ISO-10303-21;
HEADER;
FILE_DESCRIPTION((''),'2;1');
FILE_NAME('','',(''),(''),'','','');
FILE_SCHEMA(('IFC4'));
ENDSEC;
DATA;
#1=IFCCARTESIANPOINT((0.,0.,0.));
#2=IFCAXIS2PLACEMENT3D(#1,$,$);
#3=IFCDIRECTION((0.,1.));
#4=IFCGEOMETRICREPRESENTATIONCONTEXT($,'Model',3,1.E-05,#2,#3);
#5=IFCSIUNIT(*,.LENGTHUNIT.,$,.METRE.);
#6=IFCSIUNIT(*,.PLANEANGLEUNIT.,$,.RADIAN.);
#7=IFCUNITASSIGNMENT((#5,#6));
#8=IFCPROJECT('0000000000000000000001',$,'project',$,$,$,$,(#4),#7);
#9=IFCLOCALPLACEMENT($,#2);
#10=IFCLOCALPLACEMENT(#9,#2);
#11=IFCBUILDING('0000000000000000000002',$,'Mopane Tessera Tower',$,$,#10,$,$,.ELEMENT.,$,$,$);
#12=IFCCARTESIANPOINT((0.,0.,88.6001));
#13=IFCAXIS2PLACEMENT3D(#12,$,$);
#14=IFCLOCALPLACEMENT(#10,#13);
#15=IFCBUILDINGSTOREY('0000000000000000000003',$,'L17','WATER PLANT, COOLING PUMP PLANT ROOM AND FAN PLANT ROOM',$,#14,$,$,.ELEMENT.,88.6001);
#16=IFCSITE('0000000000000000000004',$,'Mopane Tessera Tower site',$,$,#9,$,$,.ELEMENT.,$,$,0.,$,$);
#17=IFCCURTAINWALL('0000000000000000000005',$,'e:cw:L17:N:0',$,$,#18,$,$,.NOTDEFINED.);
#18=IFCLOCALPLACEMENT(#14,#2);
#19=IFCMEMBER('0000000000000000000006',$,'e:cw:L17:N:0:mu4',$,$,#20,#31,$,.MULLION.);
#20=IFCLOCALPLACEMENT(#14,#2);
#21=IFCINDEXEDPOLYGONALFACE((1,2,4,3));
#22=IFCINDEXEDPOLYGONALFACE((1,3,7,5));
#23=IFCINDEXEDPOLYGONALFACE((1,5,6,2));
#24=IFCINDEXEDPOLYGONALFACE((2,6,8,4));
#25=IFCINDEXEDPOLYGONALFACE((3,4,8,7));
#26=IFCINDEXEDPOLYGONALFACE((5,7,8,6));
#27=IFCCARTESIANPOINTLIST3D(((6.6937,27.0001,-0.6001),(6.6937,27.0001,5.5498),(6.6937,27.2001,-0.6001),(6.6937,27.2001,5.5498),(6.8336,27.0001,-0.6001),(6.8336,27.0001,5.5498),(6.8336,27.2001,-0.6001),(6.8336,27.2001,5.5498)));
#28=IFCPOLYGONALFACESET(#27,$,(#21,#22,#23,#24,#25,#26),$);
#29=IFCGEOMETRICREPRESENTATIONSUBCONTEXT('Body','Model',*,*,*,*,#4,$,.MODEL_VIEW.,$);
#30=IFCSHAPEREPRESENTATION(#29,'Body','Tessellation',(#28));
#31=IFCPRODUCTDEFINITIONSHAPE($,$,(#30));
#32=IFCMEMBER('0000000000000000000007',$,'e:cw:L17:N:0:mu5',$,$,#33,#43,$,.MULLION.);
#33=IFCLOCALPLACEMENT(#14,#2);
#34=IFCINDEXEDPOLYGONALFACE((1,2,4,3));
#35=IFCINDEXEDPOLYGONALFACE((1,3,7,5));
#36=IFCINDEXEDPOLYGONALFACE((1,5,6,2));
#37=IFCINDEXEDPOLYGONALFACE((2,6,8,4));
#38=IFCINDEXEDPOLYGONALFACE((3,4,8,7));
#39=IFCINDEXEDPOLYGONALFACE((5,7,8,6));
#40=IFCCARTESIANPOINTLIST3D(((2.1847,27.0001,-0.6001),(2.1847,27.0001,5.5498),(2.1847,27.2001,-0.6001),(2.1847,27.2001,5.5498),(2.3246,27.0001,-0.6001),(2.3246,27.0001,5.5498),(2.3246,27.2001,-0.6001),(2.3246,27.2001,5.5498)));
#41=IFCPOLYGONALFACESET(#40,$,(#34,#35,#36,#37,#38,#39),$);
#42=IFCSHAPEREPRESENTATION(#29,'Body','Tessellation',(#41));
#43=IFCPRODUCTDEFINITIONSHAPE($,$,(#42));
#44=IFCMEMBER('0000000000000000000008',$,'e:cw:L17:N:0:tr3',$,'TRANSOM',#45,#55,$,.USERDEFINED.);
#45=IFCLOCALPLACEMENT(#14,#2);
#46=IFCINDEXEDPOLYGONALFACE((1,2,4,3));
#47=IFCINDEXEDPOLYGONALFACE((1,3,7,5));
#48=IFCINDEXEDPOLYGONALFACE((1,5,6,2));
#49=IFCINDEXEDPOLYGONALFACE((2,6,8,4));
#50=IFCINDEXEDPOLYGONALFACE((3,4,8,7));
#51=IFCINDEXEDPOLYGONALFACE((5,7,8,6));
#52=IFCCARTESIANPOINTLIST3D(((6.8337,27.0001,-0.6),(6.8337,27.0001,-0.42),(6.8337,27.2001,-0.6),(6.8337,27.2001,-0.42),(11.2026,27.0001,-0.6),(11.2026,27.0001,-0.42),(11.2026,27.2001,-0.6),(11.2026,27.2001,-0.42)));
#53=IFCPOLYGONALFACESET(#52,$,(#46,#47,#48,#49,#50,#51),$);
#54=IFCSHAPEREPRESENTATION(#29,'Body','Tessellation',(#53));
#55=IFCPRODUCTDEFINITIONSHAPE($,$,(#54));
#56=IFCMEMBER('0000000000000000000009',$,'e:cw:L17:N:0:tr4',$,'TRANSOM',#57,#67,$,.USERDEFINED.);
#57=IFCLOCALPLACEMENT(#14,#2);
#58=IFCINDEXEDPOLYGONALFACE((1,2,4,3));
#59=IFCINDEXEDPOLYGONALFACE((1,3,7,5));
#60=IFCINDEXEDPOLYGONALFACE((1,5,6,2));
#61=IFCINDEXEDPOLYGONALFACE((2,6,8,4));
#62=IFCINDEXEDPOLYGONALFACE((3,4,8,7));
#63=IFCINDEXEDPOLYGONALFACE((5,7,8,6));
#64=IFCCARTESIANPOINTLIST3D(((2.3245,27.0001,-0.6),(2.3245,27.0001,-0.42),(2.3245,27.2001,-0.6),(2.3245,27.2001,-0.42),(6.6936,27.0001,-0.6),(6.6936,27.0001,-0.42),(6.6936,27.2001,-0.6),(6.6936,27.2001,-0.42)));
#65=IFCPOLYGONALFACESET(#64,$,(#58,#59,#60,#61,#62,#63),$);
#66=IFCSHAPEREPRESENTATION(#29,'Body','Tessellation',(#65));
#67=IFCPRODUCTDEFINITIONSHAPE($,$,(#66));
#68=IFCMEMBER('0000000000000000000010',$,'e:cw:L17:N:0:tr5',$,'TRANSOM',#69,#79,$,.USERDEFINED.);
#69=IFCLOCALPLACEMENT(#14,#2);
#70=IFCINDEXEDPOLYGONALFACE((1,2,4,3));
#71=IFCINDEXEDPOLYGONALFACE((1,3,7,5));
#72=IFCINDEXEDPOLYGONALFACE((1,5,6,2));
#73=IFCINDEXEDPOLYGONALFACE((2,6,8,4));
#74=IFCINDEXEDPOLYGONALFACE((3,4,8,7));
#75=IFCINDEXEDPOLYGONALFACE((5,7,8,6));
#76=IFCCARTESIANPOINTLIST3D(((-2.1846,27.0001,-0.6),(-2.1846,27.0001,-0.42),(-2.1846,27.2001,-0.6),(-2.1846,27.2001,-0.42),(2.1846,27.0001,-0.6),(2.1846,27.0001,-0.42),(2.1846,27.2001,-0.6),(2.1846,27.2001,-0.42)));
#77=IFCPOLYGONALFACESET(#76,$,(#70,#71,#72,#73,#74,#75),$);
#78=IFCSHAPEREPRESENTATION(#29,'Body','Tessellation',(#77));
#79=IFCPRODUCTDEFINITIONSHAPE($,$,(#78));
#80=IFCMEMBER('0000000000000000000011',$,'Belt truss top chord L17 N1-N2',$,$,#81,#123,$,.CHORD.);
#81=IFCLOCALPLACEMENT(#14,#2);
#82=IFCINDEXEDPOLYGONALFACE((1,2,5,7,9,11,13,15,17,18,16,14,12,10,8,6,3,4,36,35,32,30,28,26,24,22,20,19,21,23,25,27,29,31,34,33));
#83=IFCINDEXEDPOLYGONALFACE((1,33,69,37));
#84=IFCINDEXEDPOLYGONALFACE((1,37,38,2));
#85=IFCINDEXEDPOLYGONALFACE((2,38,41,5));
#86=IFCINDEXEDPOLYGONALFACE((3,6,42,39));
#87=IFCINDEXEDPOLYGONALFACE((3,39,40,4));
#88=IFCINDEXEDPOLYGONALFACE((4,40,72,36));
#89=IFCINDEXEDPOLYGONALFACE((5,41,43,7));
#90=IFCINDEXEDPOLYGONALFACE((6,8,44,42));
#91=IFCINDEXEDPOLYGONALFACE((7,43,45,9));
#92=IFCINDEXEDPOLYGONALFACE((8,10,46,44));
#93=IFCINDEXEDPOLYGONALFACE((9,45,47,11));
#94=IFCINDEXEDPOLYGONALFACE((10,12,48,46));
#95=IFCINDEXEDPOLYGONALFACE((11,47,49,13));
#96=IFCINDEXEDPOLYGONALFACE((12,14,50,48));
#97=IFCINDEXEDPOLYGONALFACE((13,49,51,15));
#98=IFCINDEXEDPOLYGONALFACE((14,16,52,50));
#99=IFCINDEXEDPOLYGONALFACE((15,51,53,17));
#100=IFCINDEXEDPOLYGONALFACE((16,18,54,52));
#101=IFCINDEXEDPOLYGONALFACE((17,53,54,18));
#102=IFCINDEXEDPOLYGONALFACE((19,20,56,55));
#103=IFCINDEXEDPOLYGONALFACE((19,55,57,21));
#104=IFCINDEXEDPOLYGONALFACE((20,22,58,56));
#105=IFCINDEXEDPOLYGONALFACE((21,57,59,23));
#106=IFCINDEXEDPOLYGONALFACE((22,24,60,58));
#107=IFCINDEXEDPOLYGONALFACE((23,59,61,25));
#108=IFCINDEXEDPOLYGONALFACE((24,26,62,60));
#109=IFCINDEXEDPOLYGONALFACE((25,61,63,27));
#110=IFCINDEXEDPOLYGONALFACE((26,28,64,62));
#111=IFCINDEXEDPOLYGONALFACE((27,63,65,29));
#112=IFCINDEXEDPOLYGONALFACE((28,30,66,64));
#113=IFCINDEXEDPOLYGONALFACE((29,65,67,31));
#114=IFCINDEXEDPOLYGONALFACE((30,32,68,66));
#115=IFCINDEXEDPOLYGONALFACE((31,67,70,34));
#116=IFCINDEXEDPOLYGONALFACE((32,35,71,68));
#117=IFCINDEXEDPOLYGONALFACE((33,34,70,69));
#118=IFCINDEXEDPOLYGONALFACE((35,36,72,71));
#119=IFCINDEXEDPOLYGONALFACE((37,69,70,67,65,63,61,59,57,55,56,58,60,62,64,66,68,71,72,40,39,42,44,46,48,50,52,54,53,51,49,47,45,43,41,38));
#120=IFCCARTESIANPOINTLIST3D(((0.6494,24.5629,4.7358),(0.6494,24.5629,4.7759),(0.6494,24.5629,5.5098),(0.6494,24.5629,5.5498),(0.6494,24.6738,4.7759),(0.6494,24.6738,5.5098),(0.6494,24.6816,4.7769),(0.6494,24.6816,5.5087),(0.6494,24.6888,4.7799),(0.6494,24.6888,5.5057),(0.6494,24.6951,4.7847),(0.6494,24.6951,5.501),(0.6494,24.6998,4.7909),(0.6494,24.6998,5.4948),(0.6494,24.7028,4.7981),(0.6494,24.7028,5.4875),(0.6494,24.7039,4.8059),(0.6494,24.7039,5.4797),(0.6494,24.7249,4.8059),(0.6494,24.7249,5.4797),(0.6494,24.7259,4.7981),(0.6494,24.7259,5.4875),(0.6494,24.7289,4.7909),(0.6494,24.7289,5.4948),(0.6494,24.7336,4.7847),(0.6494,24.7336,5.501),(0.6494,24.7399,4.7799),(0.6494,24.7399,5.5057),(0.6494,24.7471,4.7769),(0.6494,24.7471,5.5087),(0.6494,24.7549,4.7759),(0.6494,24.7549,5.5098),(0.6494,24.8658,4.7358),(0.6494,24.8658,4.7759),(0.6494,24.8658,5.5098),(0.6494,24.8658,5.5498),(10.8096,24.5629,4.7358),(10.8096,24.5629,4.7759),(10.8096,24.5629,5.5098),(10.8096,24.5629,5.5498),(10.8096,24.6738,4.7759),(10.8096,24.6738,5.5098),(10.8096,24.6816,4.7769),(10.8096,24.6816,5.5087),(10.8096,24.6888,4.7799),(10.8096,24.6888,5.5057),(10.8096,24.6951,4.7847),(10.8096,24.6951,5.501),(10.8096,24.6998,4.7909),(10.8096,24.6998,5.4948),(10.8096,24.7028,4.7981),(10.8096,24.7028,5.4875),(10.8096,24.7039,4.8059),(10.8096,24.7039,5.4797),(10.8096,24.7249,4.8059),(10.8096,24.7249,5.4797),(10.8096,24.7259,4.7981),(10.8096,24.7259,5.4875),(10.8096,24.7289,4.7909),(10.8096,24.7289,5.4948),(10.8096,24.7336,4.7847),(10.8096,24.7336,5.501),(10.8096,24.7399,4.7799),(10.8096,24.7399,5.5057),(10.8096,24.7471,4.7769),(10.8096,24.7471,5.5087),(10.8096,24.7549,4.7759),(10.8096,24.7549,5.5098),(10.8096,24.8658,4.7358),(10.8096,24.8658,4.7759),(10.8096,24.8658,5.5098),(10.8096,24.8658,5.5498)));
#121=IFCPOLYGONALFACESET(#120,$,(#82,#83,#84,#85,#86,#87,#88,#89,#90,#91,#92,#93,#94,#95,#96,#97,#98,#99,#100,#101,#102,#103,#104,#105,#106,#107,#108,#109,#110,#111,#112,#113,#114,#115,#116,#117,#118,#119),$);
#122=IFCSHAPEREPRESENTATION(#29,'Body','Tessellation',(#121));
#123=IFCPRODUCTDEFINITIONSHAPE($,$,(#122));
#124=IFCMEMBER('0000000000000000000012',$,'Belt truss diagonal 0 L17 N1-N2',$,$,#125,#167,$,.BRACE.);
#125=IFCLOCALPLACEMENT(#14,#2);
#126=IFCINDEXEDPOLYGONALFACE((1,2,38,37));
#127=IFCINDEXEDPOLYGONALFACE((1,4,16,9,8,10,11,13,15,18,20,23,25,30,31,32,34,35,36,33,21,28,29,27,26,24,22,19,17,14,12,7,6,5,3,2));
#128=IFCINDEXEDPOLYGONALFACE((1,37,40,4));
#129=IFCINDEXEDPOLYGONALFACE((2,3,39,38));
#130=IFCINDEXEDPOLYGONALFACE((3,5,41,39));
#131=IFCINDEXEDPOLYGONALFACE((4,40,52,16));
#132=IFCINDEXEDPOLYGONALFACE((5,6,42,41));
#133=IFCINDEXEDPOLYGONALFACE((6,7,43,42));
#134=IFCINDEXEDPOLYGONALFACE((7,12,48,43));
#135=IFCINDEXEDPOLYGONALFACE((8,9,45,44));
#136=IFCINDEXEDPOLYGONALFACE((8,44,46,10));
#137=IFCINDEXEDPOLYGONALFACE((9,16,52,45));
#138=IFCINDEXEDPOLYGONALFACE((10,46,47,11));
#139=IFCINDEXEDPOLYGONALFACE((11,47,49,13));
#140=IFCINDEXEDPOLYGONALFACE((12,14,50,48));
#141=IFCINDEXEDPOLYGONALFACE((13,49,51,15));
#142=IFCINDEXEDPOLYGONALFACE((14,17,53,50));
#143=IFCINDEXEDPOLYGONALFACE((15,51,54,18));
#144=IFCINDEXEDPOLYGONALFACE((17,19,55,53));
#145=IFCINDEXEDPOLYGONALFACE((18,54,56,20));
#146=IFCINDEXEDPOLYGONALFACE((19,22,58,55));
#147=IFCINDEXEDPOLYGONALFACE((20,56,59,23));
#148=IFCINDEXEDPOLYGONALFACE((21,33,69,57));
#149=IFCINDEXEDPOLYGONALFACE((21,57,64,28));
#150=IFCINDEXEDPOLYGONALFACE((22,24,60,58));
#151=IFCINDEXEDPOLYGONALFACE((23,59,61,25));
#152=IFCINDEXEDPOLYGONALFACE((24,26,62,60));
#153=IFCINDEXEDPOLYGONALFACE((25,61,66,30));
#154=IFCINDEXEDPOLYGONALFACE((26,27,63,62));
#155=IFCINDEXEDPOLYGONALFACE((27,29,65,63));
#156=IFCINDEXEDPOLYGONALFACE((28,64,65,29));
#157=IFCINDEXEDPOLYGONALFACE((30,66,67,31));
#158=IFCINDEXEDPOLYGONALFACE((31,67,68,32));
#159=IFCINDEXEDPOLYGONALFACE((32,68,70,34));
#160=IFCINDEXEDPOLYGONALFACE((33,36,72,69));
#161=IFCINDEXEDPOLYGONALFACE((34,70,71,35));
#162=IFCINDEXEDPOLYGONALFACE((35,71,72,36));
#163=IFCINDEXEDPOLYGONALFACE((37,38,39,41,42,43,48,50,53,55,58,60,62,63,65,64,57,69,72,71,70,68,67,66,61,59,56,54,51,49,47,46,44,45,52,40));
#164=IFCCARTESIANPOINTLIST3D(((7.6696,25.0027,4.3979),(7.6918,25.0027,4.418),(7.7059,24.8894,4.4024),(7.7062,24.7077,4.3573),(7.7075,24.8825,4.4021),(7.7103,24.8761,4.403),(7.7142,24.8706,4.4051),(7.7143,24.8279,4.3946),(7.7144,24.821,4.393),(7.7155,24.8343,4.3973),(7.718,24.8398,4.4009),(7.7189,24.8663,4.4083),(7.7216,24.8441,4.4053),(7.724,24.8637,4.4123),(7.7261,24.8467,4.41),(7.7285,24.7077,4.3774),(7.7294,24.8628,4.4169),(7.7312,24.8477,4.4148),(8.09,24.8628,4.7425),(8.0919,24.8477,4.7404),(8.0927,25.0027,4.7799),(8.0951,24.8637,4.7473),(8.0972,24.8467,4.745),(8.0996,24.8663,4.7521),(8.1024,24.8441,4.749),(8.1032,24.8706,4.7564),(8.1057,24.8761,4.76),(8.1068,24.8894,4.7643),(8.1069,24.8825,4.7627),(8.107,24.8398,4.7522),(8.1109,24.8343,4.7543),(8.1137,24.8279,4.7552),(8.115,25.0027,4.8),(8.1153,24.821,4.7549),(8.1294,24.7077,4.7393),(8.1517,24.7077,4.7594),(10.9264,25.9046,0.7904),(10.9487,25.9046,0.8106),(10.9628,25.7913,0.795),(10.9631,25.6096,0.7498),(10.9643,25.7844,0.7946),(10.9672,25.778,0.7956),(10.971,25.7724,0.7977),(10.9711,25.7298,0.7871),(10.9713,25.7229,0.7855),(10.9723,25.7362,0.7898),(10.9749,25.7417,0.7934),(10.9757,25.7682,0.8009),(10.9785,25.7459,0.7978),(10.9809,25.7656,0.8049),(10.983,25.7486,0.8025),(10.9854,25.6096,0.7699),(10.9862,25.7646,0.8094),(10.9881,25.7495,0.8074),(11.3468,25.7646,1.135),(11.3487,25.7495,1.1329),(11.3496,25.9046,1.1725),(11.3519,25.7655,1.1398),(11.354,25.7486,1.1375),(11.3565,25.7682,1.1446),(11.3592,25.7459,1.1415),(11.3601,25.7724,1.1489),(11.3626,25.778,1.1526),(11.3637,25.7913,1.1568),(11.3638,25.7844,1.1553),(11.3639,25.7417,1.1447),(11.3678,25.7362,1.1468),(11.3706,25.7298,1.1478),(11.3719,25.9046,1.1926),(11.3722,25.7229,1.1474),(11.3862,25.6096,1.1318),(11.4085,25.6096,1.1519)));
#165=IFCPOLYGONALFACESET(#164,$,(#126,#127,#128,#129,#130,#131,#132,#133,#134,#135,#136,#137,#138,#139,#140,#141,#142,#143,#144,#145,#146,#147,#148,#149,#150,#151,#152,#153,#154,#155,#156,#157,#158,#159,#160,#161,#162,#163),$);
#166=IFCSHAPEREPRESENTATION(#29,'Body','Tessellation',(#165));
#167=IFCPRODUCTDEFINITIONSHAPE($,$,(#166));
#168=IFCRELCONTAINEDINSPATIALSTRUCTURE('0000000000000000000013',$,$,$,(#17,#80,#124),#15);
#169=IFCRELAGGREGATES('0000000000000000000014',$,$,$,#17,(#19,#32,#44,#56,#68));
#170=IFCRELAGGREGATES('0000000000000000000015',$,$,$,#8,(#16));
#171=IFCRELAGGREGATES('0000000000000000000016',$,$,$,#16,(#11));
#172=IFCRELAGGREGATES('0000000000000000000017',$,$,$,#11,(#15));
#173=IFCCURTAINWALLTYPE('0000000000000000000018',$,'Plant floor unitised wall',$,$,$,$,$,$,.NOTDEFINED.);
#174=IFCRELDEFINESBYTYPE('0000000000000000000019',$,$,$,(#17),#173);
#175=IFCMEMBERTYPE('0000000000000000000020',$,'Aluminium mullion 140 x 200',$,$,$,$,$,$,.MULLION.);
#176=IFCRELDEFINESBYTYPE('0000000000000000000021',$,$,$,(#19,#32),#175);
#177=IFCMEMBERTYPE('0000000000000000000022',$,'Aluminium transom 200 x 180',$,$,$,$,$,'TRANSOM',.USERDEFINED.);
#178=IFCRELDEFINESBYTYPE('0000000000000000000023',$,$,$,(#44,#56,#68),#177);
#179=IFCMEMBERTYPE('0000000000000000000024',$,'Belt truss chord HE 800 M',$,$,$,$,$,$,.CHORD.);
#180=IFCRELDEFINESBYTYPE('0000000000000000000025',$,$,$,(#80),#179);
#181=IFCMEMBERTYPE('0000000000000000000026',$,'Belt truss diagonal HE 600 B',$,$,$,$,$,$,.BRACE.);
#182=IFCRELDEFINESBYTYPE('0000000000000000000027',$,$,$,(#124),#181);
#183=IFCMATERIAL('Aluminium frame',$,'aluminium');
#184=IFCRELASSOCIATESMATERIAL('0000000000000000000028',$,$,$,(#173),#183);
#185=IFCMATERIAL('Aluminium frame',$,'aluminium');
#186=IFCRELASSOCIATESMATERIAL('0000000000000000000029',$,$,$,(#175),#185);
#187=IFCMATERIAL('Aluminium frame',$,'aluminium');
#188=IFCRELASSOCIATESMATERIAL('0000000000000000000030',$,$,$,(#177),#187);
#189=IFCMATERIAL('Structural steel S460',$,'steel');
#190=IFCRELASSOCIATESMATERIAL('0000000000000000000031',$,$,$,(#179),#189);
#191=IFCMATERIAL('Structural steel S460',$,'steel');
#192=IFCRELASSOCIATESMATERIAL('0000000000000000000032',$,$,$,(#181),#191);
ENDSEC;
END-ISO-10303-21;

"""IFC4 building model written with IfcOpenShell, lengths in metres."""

from ifc_helpers import new_model, si_unit, direction, frame, origin, origin_2d, place, context, subcontext, project, spatial, rectangle, i_section, extrude, material, material_profile, profile_set, type_object, element, aggregate, save


model = new_model("IFC4")

# Units and contexts
model_context = context("Model", 3, precision=1e-05, world=origin(), true_north=direction((0.0, 1.0)))
body_context = subcontext(model_context, "Body", "Model", "MODEL_VIEW")
ifc_project = project(units=[si_unit("LENGTHUNIT", "METRE"), si_unit("PLANEANGLEUNIT", "RADIAN")], contexts=[model_context])

# Site, building, storey
site_placement = place(None, origin())
site = spatial("IfcSite", under=ifc_project, at=site_placement, Name="Mopane Tessera Tower site", CompositionType="ELEMENT", RefElevation=0.0)
building_placement = place(site_placement, origin())
building = spatial("IfcBuilding", under=site, at=building_placement, Name="Mopane Tessera Tower", CompositionType="ELEMENT")
storey_placement = place(building_placement, frame((0.0, 0.0, 88.6001)))
storey = spatial("IfcBuildingStorey", under=building, at=storey_placement, Name="L17", Description="WATER PLANT, COOLING PUMP PLANT ROOM AND FAN PLANT ROOM", CompositionType="ELEMENT", Elevation=88.6001)

# Curtain wall, members
ifc_material_1 = material(Name="Aluminium frame", Category="aluminium")
curtain_wall_type = type_object("IfcCurtainWallType", Name="Plant floor unitised wall", PredefinedType="NOTDEFINED", material=ifc_material_1)
curtain_wall_placement = place(storey_placement, origin())
curtain_wall = element("IfcCurtainWall", 1, at=curtain_wall_placement, inside=storey, type_object=curtain_wall_type, Name="e:cw:L17:N:0", PredefinedType="NOTDEFINED")
ifc_material_2 = material(Name="Aluminium frame", Category="aluminium")
ifc_material_profile_1 = material_profile(ifc_material_2, rectangle(XDim=0.1399, YDim=0.2, at=origin_2d()))
ifc_profile_set_1 = profile_set([ifc_material_profile_1], Name="Aluminium frame")
member_type_1 = type_object("IfcMemberType", Name="Aluminium mullion 140 x 200", PredefinedType="MULLION", material=ifc_profile_set_1)
member_1_placement = place(storey_placement, frame((6.7637, 27.1001, -0.6001), z_axis=(0.0, 0.0, 1.0), x_axis=(-1.0, 0.0, 0.0)))
member_1 = element("IfcMember", 2, at=member_1_placement, type_object=member_type_1, Name="e:cw:L17:N:0:mu4", PredefinedType="MULLION", context=body_context, shape_type="SweptSolid", body=[
    extrude(rectangle(XDim=0.1399, YDim=0.2, at=origin_2d()), origin(), (0.0, 0.0, 1.0), 6.1499),
])
member_2_placement = place(storey_placement, frame((2.2546, 27.1001, -0.6001), z_axis=(0.0, 0.0, 1.0), x_axis=(-1.0, 0.0, 0.0)))
member_2 = element("IfcMember", 3, at=member_2_placement, type_object=member_type_1, Name="e:cw:L17:N:0:mu5", PredefinedType="MULLION", context=body_context, shape_type="SweptSolid", body=[
    extrude(rectangle(XDim=0.1399, YDim=0.2, at=origin_2d()), origin(), (0.0, 0.0, 1.0), 6.1499),
])
ifc_material_3 = material(Name="Aluminium frame", Category="aluminium")
ifc_material_profile_2 = material_profile(ifc_material_3, rectangle(XDim=0.2, YDim=0.1799, at=origin_2d()))
ifc_profile_set_2 = profile_set([ifc_material_profile_2], Name="Aluminium frame")
member_type_2 = type_object("IfcMemberType", Name="Aluminium transom 200 x 180", ElementType="TRANSOM", PredefinedType="USERDEFINED", material=ifc_profile_set_2)
member_3_placement = place(storey_placement, frame((11.2026, 27.1001, -0.51), z_axis=(-1.0, 0.0, 0.0), x_axis=(0.0, -1.0, 0.0)))
member_3 = element("IfcMember", 4, at=member_3_placement, type_object=member_type_2, Name="e:cw:L17:N:0:tr3", ObjectType="TRANSOM", PredefinedType="USERDEFINED", context=body_context, shape_type="SweptSolid", body=[
    extrude(rectangle(XDim=0.2, YDim=0.1799, at=origin_2d()), origin(), (0.0, 0.0, 1.0), 4.3689),
])
member_4_placement = place(storey_placement, frame((6.6936, 27.1001, -0.51), z_axis=(-1.0, 0.0, 0.0), x_axis=(0.0, -1.0, 0.0)))
member_4 = element("IfcMember", 5, at=member_4_placement, type_object=member_type_2, Name="e:cw:L17:N:0:tr4", ObjectType="TRANSOM", PredefinedType="USERDEFINED", context=body_context, shape_type="SweptSolid", body=[
    extrude(rectangle(XDim=0.2, YDim=0.1799, at=origin_2d()), origin(), (0.0, 0.0, 1.0), 4.3691),
])
member_5_placement = place(storey_placement, frame((2.1846, 27.1001, -0.51), z_axis=(-1.0, 0.0, 0.0), x_axis=(0.0, -1.0, 0.0)))
member_5 = element("IfcMember", 6, at=member_5_placement, type_object=member_type_2, Name="e:cw:L17:N:0:tr5", ObjectType="TRANSOM", PredefinedType="USERDEFINED", context=body_context, shape_type="SweptSolid", body=[
    extrude(rectangle(XDim=0.2, YDim=0.1799, at=origin_2d()), origin(), (0.0, 0.0, 1.0), 4.3691),
])

# Members
ifc_material_4 = material(Name="Structural steel S460", Category="steel")
ifc_material_profile_3 = material_profile(ifc_material_4, i_section(OverallWidth=0.303, OverallDepth=0.814, WebThickness=0.021, FlangeThickness=0.04, FilletRadius=0.03, at=origin_2d()))
ifc_profile_set_3 = profile_set([ifc_material_profile_3], Name="Structural steel S460")
member_type_3 = type_object("IfcMemberType", Name="Belt truss chord HE 800 M", PredefinedType="CHORD", material=ifc_profile_set_3)
member_6_placement = place(storey_placement, frame((10.8096, 24.7144, 5.1428), z_axis=(-1.0, 0.0, 0.0), x_axis=(0.0, -1.0, 0.0)))
element("IfcMember", 7, at=member_6_placement, inside=storey, type_object=member_type_3, Name="Belt truss top chord L17 N1-N2", PredefinedType="CHORD", context=body_context, shape_type="SweptSolid", body=[
    extrude(i_section(OverallWidth=0.303, OverallDepth=0.814, WebThickness=0.021, FlangeThickness=0.04, FilletRadius=0.03, at=origin_2d()), origin(), (0.0, 0.0, 1.0), 10.1602),
])
ifc_material_5 = material(Name="Structural steel S460", Category="steel")
ifc_material_profile_4 = material_profile(ifc_material_5, i_section(OverallWidth=0.3, OverallDepth=0.6001, WebThickness=0.0154, FlangeThickness=0.03, FilletRadius=0.0271, at=origin_2d()))
ifc_profile_set_4 = profile_set([ifc_material_profile_4], Name="Structural steel S460")
member_type_4 = type_object("IfcMemberType", Name="Belt truss diagonal HE 600 B", PredefinedType="BRACE", material=ifc_profile_set_4)
member_7_placement = place(storey_placement, frame((11.1675, 25.7571, 0.9712), z_axis=(-0.658871, -0.182449, 0.729796), x_axis=(0.12226, -0.983215, -0.135426)))
element("IfcMember", 8, at=member_7_placement, inside=storey, type_object=member_type_4, Name="Belt truss diagonal 0 L17 N1-N2", PredefinedType="BRACE", context=body_context, shape_type="SweptSolid", body=[
    extrude(i_section(OverallWidth=0.3, OverallDepth=0.6001, WebThickness=0.0154, FlangeThickness=0.03, FilletRadius=0.0271, at=origin_2d()), origin(), (0.0, 0.0, 1.0), 4.9431),
])

aggregate(curtain_wall, [member_1, member_2, member_3, member_4, member_5])

save(model, "model.ifc")
